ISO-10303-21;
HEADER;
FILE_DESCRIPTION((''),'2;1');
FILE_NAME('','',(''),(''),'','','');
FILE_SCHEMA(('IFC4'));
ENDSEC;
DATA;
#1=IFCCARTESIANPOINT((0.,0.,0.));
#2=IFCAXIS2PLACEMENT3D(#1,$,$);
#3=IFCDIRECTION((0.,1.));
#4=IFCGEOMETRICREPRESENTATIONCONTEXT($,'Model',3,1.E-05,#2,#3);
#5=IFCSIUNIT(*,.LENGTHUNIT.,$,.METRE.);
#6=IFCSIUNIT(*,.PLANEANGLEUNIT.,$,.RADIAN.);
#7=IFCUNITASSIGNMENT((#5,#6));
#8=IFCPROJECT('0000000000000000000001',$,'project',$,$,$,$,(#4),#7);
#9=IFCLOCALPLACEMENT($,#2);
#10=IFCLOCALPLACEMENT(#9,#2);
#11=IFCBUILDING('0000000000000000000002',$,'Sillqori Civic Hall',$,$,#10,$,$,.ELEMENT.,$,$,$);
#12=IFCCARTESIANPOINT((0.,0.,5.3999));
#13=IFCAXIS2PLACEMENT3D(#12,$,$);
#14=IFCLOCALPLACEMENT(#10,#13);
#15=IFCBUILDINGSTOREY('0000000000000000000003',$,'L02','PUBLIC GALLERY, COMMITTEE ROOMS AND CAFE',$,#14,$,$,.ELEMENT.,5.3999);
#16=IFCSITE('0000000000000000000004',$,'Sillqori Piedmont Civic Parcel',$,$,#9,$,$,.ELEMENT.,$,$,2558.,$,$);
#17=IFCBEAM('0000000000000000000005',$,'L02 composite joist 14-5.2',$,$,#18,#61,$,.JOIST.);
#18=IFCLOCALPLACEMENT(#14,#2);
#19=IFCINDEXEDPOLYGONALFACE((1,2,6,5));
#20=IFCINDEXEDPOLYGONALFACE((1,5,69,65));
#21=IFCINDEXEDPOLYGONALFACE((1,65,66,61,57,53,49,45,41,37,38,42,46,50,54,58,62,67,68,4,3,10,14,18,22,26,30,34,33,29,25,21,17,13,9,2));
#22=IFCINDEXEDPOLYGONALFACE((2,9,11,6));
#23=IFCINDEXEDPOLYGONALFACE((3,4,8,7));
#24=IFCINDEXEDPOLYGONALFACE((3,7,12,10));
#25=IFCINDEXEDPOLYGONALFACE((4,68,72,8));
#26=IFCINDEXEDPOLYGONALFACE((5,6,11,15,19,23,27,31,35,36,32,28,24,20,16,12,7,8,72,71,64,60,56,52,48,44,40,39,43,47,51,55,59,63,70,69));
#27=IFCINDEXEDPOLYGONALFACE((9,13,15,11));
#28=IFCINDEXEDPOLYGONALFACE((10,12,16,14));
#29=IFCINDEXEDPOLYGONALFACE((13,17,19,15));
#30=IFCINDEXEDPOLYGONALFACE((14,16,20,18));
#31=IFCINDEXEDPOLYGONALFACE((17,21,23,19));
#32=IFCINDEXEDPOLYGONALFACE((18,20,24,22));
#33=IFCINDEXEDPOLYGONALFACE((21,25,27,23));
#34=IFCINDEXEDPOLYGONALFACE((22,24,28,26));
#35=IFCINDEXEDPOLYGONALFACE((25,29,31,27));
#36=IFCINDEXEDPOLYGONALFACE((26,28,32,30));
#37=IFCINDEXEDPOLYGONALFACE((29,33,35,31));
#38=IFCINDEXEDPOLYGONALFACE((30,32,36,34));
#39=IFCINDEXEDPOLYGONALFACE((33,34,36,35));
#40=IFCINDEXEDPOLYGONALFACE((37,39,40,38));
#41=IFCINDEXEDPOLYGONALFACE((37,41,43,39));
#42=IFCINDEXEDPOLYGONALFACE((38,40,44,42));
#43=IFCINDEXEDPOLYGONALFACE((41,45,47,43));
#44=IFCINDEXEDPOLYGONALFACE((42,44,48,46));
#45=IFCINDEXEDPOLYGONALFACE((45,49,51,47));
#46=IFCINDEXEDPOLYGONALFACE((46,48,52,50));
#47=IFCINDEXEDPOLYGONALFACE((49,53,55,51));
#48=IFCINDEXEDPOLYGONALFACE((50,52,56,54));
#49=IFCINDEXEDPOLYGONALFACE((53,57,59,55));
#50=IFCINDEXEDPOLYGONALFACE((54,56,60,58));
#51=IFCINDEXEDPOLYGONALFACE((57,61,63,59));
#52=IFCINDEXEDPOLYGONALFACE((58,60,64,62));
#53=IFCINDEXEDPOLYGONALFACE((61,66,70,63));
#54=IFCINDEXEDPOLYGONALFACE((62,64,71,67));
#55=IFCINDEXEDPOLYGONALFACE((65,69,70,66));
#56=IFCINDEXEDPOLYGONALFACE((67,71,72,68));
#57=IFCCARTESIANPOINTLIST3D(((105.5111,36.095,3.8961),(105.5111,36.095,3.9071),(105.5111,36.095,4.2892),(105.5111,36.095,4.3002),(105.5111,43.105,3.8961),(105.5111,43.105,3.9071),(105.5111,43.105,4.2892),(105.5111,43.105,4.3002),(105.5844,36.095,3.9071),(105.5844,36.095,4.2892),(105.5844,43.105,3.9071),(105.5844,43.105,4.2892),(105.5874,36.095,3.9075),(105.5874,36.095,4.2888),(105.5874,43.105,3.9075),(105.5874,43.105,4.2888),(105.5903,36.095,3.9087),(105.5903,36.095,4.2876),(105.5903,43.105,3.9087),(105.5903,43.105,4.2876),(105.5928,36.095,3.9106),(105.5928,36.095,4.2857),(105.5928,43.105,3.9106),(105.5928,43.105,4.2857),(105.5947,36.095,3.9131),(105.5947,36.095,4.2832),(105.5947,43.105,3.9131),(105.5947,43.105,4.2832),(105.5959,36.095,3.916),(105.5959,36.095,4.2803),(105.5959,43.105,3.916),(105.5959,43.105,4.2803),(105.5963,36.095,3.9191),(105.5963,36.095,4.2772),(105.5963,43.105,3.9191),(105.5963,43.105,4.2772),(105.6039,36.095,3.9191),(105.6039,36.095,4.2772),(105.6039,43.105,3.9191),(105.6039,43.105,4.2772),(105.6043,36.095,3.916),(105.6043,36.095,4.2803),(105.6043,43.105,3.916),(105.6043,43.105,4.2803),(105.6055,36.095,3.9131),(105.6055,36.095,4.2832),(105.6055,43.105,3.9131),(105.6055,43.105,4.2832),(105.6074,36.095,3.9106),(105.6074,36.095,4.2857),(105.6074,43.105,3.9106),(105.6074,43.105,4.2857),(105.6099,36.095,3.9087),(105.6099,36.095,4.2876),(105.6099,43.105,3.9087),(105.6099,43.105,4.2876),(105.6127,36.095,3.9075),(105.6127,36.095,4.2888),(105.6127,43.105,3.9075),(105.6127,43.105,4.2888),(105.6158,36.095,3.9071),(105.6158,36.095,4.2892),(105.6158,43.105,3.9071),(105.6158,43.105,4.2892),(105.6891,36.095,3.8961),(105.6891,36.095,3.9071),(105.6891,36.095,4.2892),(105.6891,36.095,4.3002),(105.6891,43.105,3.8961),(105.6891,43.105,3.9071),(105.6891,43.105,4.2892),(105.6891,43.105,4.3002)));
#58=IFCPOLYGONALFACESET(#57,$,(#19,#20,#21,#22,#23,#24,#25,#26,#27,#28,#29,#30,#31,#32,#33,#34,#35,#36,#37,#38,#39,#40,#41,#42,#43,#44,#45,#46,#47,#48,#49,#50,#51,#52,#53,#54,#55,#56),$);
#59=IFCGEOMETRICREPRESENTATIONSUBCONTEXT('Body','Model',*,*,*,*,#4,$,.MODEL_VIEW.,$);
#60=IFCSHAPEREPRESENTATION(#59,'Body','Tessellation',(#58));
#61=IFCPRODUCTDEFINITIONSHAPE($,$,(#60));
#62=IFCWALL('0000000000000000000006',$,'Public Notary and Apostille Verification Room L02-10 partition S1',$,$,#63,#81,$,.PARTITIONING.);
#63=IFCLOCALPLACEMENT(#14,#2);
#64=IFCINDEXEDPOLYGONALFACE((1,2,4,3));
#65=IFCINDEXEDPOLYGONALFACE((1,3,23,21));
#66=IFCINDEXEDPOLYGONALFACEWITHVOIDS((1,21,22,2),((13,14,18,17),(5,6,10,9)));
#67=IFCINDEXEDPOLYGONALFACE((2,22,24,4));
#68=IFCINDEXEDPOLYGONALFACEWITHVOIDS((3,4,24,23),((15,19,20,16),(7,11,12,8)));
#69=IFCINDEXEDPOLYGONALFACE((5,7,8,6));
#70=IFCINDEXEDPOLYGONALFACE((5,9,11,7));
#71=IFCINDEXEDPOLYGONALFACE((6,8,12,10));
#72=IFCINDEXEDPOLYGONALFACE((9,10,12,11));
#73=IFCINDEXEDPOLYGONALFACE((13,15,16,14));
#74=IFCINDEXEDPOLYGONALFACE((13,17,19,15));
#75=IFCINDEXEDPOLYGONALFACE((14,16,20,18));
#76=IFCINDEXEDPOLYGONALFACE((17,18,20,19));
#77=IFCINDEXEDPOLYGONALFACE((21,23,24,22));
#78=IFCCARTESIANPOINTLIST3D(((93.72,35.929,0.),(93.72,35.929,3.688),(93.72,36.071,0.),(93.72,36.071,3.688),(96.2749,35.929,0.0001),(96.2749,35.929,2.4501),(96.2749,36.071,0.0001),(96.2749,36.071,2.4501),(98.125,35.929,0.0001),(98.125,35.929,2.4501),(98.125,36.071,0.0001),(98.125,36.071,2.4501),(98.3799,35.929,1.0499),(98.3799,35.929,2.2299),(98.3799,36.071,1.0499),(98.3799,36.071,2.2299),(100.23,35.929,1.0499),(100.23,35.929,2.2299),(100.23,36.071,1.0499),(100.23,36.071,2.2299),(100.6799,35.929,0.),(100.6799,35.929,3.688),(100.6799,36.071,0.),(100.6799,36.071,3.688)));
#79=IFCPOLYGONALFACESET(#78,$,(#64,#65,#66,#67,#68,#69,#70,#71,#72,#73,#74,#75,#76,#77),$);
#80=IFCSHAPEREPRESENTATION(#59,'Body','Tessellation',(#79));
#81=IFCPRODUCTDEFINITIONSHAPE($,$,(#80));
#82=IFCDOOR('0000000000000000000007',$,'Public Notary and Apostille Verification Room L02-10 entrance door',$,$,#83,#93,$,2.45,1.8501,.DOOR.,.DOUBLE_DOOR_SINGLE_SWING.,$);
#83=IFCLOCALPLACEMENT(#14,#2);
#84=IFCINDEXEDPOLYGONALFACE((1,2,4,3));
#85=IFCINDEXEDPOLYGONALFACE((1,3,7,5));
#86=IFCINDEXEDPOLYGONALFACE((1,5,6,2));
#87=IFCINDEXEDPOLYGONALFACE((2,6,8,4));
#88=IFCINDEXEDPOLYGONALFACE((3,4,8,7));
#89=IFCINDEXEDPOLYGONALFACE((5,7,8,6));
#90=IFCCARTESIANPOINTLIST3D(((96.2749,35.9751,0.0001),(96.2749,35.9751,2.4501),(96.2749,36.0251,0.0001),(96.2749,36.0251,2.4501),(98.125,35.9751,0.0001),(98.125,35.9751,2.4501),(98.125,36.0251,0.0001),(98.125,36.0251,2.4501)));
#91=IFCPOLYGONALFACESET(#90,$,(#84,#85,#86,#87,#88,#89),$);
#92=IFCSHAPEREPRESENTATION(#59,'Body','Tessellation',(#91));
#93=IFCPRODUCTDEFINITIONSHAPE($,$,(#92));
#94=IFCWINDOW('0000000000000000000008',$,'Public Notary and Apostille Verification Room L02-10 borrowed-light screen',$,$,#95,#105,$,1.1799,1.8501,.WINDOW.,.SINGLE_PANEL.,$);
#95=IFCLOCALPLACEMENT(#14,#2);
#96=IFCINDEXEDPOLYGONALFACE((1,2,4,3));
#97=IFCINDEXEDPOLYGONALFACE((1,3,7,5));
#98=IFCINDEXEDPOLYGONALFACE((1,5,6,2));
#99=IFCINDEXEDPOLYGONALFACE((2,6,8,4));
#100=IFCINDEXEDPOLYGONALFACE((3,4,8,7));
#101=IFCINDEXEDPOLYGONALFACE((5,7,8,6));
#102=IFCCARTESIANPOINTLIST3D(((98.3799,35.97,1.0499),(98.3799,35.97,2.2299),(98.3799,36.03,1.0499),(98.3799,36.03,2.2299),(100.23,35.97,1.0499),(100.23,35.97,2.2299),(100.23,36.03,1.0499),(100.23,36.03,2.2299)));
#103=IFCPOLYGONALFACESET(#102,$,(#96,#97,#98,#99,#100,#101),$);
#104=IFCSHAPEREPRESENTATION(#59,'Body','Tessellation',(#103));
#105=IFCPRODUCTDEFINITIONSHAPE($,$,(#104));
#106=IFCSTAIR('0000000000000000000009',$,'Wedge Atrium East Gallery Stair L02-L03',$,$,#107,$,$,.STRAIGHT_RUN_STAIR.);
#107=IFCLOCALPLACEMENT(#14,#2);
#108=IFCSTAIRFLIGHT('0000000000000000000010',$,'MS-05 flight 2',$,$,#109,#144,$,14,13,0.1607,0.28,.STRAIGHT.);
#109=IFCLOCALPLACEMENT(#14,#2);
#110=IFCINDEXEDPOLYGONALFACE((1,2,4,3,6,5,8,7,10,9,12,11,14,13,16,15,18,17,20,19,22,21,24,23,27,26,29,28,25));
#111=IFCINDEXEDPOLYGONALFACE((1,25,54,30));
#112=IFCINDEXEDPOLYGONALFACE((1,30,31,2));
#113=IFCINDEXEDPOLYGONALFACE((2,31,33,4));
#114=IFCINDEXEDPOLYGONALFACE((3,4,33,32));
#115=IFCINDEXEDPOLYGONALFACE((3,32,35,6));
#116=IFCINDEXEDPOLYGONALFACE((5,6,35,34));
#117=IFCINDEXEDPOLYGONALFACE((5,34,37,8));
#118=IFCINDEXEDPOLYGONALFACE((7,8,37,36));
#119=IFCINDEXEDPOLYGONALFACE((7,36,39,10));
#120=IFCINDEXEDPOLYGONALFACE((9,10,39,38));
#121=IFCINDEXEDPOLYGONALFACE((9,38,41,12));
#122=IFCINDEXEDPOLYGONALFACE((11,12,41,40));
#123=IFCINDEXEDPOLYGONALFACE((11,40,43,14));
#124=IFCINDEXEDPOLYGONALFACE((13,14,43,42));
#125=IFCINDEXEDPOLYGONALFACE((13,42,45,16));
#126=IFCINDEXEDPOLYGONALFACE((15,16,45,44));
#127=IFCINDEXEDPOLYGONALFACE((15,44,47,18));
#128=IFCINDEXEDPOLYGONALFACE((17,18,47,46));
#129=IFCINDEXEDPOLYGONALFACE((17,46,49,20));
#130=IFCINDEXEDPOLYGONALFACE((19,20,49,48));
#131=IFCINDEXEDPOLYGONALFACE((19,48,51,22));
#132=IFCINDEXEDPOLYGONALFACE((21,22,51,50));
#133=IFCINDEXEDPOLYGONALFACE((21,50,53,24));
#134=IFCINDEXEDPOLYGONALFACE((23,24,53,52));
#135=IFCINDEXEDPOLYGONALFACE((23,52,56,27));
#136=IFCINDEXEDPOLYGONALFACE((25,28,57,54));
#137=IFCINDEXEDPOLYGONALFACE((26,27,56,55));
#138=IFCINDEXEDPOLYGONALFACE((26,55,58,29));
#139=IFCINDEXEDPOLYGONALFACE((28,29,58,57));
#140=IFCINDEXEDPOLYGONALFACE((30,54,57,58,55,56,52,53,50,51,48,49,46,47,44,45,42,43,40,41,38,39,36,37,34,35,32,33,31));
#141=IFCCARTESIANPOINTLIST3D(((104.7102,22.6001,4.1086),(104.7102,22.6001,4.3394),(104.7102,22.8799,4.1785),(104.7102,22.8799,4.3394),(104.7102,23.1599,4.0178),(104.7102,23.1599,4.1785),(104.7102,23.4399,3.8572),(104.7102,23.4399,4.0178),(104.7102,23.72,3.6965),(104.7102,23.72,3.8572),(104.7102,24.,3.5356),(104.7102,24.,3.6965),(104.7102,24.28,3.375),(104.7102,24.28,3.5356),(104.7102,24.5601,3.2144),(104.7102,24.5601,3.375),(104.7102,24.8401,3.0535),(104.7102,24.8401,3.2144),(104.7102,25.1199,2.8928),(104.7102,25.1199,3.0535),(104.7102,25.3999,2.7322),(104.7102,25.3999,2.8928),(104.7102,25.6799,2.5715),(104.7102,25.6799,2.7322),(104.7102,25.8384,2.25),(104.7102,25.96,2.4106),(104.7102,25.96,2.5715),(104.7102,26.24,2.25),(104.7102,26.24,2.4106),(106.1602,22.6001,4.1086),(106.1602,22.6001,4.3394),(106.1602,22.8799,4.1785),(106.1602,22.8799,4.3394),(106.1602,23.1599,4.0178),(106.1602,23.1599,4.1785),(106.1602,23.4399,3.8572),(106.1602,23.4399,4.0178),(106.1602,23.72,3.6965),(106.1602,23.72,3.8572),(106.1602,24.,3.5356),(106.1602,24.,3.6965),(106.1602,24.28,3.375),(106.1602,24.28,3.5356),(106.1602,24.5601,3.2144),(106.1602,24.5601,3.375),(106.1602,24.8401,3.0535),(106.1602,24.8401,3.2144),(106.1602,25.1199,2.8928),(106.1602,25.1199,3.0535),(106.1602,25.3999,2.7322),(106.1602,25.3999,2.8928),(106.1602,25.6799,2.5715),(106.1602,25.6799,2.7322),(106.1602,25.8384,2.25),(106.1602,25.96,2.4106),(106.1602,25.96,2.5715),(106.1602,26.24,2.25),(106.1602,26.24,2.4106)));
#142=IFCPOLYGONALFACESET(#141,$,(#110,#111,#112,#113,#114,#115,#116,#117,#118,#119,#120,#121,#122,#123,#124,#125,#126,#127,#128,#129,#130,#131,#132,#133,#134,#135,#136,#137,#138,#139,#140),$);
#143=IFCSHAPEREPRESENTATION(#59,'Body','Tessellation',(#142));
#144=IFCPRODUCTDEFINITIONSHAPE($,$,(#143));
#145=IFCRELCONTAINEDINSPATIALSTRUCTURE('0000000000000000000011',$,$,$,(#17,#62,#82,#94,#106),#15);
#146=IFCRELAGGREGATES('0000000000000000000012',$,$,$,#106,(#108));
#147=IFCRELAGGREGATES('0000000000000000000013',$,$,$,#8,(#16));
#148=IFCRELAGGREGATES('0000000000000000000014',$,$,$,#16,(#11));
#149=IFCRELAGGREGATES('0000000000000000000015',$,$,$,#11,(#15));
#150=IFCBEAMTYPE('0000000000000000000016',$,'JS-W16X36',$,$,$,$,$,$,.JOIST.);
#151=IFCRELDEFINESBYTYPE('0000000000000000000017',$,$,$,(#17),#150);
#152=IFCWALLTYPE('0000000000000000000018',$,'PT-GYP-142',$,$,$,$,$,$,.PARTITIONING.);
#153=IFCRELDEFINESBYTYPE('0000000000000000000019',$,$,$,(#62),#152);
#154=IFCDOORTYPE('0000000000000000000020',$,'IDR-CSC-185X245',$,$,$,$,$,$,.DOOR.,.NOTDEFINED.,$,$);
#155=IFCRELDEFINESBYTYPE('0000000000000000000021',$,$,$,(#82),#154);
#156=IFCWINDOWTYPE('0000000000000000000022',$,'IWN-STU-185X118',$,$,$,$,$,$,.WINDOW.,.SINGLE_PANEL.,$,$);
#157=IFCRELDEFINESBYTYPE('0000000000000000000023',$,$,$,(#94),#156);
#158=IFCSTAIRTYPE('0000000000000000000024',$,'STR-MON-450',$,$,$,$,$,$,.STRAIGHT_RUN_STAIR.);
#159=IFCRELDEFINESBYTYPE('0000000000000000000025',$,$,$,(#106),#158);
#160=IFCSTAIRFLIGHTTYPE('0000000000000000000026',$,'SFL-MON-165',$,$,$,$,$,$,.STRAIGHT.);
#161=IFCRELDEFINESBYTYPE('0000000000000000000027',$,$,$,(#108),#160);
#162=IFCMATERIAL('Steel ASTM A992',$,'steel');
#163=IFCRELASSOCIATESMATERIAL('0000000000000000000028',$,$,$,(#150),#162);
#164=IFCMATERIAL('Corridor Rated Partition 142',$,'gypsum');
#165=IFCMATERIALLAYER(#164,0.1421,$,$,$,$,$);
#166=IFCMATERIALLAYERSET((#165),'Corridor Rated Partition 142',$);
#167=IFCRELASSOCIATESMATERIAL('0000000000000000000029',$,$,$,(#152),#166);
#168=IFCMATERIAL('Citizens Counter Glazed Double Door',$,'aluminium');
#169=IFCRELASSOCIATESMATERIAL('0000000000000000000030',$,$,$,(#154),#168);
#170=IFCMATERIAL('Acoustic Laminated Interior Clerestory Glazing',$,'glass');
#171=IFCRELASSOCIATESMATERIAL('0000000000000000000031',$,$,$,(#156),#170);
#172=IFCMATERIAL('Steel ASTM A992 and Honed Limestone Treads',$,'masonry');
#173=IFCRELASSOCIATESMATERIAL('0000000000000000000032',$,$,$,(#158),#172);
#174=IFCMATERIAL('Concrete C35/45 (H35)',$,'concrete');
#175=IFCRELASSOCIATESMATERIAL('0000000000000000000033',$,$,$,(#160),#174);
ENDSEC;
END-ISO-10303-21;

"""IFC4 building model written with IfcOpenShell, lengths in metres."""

from ifc_helpers import new_model, si_unit, direction, frame, frame_2d, origin, origin_2d, place, context, subcontext, project, spatial, polyline, rectangle, i_section, outline, extrude, material, layer, layer_set, material_profile, profile_set, type_object, element, fill, aggregate, save


model = new_model("IFC4")

# Units and contexts
model_context = context("Model", 3, precision=1e-05, world=origin(), true_north=direction((0.0, 1.0)))
body_context = subcontext(model_context, "Body", "Model", "MODEL_VIEW")
ifc_project = project(units=[si_unit("LENGTHUNIT", "METRE"), si_unit("PLANEANGLEUNIT", "RADIAN")], contexts=[model_context])

# Site, building, storey
site_placement = place(None, origin())
site = spatial("IfcSite", under=ifc_project, at=site_placement, Name="Sillqori Piedmont Civic Parcel", CompositionType="ELEMENT", RefElevation=2558.0)
building_placement = place(site_placement, origin())
building = spatial("IfcBuilding", under=site, at=building_placement, Name="Sillqori Civic Hall", CompositionType="ELEMENT")
storey_placement = place(building_placement, frame((0.0, 0.0, 5.3999)))
storey = spatial("IfcBuildingStorey", under=building, at=storey_placement, Name="L02", Description="PUBLIC GALLERY, COMMITTEE ROOMS AND CAFE", CompositionType="ELEMENT", Elevation=5.3999)

# Shared definitions
ifc_material_1 = material(Name="Steel ASTM A992", Category="steel")

# Beam
ifc_material_profile_1 = material_profile(ifc_material_1, i_section(OverallWidth=0.178, OverallDepth=0.4041, WebThickness=0.0076, FlangeThickness=0.011, FilletRadius=0.012, at=origin_2d()), Name="W16X36")
ifc_profile_set_1 = profile_set([ifc_material_profile_1], Name="Steel ASTM A992")
beam_type_1 = type_object("IfcBeamType", Name="JS-W16X36", PredefinedType="JOIST", material=ifc_profile_set_1)
for number, where, z_axis, x_axis, name in (
    (1, (105.6001, 36.095, 4.0981), (0.0, 1.0, 0.0), (-1.0, 0.0, 0.0), "L02 composite joist 14-5.2"),
):
    element("IfcBeam", number, at=place(storey_placement, frame(where, z_axis=z_axis, x_axis=x_axis)), inside=storey, type_object=beam_type_1, Name=name, PredefinedType="JOIST", context=body_context, shape_type="SweptSolid", body=[
        extrude(i_section(OverallWidth=0.178, OverallDepth=0.4041, WebThickness=0.0076, FlangeThickness=0.011, FilletRadius=0.012, at=origin_2d()), origin(), (0.0, 0.0, 1.0), 7.01),
    ])

# Wall, openings, door, window
ifc_material_2 = material(Name="Corridor Rated Partition 142", Category="gypsum")
ifc_layer_1 = layer(ifc_material_2, 0.1421)
ifc_layer_set_1 = layer_set([ifc_layer_1], Name="Corridor Rated Partition 142")
wall_type = type_object("IfcWallType", Name="PT-GYP-142", PredefinedType="PARTITIONING", material=ifc_layer_set_1)
wall_placement = place(storey_placement, frame((100.6799, 36.0, 0.0), z_axis=(0.0, 0.0, 1.0), x_axis=(-1.0, 0.0, 0.0)))
wall = element("IfcWall", 2, at=wall_placement, inside=storey, type_object=wall_type, Name="Public Notary and Apostille Verification Room L02-10 partition S1", PredefinedType="PARTITIONING", context=body_context, shape_type="SweptSolid", body=[
    extrude(rectangle(XDim=6.96, YDim=0.1421, at=frame_2d((3.48, 0.0))), origin(), (0.0, 0.0, 1.0), 3.688),
])
opening_1_placement = place(wall_placement, frame((2.5549, 0.0, 0.0)))
opening_1 = element("IfcOpeningElement", 3, at=opening_1_placement, cuts=wall, PredefinedType="OPENING", context=body_context, shape_type="SweptSolid", body=[
    extrude(rectangle(XDim=1.8501, YDim=2.45, at=frame_2d((0.925, 1.2251))), frame((0.0, 0.0811, 0.0), z_axis=(0.0, -1.0, 0.0), x_axis=(1.0, 0.0, 0.0)), (0.0, 0.0, 1.0), 0.1621),
])
opening_2_placement = place(wall_placement, frame((0.45, 0.0, 1.05)))
opening_2 = element("IfcOpeningElement", 4, at=opening_2_placement, cuts=wall, PredefinedType="OPENING", context=body_context, shape_type="SweptSolid", body=[
    extrude(rectangle(XDim=1.8501, YDim=1.1799, at=frame_2d((0.925, 0.5898))), frame((0.0, 0.0811, 0.0), z_axis=(0.0, -1.0, 0.0), x_axis=(1.0, 0.0, 0.0)), (0.0, 0.0, 1.0), 0.1621),
])
ifc_material_3 = material(Name="Citizens Counter Glazed Double Door", Category="aluminium")
door_type = type_object("IfcDoorType", Name="IDR-CSC-185X245", OperationType="NOTDEFINED", PredefinedType="DOOR", material=ifc_material_3)
door_placement = place(opening_1_placement, origin())
door = element("IfcDoor", 5, at=door_placement, inside=storey, type_object=door_type, Name="Public Notary and Apostille Verification Room L02-10 entrance door", OperationType="DOUBLE_DOOR_SINGLE_SWING", OverallHeight=2.45, OverallWidth=1.8501, PredefinedType="DOOR", context=body_context, shape_type="SweptSolid", body=[
    extrude(rectangle(XDim=1.8501, YDim=2.45, at=frame_2d((0.925, 1.2251))), frame((0.0, 0.0249, 0.0), z_axis=(0.0, -1.0, 0.0), x_axis=(1.0, 0.0, 0.0)), (0.0, 0.0, 1.0), 0.05),
])
fill(opening_1, door)
ifc_material_4 = material(Name="Acoustic Laminated Interior Clerestory Glazing", Category="glass")
window_type = type_object("IfcWindowType", Name="IWN-STU-185X118", PartitioningType="SINGLE_PANEL", PredefinedType="WINDOW", material=ifc_material_4)
window_placement = place(opening_2_placement, origin())
window = element("IfcWindow", 6, at=window_placement, inside=storey, type_object=window_type, Name="Public Notary and Apostille Verification Room L02-10 borrowed-light screen", OverallHeight=1.1799, OverallWidth=1.8501, PartitioningType="SINGLE_PANEL", PredefinedType="WINDOW", context=body_context, shape_type="SweptSolid", body=[
    extrude(rectangle(XDim=1.8501, YDim=1.1799, at=frame_2d((0.925, 0.5898))), frame((0.0, 0.03, 0.0), z_axis=(0.0, -1.0, 0.0), x_axis=(1.0, 0.0, 0.0)), (0.0, 0.0, 1.0), 0.0601),
])
fill(opening_2, window)

# Stair, stair flight
ifc_material_5 = material(Name="Steel ASTM A992 and Honed Limestone Treads", Category="masonry")
stair_type = type_object("IfcStairType", Name="STR-MON-450", PredefinedType="STRAIGHT_RUN_STAIR", material=ifc_material_5)
stair_placement = place(storey_placement, origin())
stair = element("IfcStair", 7, at=stair_placement, inside=storey, type_object=stair_type, Name="Wedge Atrium East Gallery Stair L02-L03", PredefinedType="STRAIGHT_RUN_STAIR")
ifc_material_6 = material(Name="Concrete C35/45 (H35)", Category="concrete")
stair_flight_type = type_object("IfcStairFlightType", Name="SFL-MON-165", PredefinedType="STRAIGHT", material=ifc_material_6)
stair_flight_placement = place(storey_placement, frame((105.4351, 26.24, 2.25), z_axis=(0.0, 0.0, 1.0), x_axis=(0.0, -1.0, 0.0)))
stair_flight = element("IfcStairFlight", 8, at=stair_flight_placement, type_object=stair_flight_type, Name="MS-05 flight 2", NumberOfRisers=14, NumberOfTreads=13, PredefinedType="STRAIGHT", RiserHeight=0.1607, TreadLength=0.28, context=body_context, shape_type="SweptSolid", body=[
    extrude(outline(polyline([(0.0, 0.0), (0.0, 0.1606), (0.28, 0.1606), (0.28, 0.3215), (0.5601, 0.3215), (0.5601, 0.4822), (0.8401, 0.4822), (0.8401, 0.6428), (1.1201, 0.6428), (1.1201, 0.8035), (1.3999, 0.8035), (1.3999, 0.9644), (1.6799, 0.9644), (1.6799, 1.125), (1.96, 1.125), (1.96, 1.2856), (2.24, 1.2856), (2.24, 1.4465), (2.52, 1.4465), (2.52, 1.6072), (2.8, 1.6072), (2.8, 1.7678), (3.0801, 1.7678), (3.0801, 1.9285), (3.3601, 1.9285), (3.3601, 2.0894), (3.6399, 2.0894), (3.6399, 2.25), (3.6399, 1.8586), (0.4016, 0.0), (0.0, 0.0)])), frame((0.0, 0.7251, 0.0), z_axis=(0.0, -1.0, 0.0), x_axis=(1.0, 0.0, 0.0)), (0.0, 0.0, 1.0), 1.45),
])
aggregate(stair, [stair_flight])

save(model, "model.ifc")
